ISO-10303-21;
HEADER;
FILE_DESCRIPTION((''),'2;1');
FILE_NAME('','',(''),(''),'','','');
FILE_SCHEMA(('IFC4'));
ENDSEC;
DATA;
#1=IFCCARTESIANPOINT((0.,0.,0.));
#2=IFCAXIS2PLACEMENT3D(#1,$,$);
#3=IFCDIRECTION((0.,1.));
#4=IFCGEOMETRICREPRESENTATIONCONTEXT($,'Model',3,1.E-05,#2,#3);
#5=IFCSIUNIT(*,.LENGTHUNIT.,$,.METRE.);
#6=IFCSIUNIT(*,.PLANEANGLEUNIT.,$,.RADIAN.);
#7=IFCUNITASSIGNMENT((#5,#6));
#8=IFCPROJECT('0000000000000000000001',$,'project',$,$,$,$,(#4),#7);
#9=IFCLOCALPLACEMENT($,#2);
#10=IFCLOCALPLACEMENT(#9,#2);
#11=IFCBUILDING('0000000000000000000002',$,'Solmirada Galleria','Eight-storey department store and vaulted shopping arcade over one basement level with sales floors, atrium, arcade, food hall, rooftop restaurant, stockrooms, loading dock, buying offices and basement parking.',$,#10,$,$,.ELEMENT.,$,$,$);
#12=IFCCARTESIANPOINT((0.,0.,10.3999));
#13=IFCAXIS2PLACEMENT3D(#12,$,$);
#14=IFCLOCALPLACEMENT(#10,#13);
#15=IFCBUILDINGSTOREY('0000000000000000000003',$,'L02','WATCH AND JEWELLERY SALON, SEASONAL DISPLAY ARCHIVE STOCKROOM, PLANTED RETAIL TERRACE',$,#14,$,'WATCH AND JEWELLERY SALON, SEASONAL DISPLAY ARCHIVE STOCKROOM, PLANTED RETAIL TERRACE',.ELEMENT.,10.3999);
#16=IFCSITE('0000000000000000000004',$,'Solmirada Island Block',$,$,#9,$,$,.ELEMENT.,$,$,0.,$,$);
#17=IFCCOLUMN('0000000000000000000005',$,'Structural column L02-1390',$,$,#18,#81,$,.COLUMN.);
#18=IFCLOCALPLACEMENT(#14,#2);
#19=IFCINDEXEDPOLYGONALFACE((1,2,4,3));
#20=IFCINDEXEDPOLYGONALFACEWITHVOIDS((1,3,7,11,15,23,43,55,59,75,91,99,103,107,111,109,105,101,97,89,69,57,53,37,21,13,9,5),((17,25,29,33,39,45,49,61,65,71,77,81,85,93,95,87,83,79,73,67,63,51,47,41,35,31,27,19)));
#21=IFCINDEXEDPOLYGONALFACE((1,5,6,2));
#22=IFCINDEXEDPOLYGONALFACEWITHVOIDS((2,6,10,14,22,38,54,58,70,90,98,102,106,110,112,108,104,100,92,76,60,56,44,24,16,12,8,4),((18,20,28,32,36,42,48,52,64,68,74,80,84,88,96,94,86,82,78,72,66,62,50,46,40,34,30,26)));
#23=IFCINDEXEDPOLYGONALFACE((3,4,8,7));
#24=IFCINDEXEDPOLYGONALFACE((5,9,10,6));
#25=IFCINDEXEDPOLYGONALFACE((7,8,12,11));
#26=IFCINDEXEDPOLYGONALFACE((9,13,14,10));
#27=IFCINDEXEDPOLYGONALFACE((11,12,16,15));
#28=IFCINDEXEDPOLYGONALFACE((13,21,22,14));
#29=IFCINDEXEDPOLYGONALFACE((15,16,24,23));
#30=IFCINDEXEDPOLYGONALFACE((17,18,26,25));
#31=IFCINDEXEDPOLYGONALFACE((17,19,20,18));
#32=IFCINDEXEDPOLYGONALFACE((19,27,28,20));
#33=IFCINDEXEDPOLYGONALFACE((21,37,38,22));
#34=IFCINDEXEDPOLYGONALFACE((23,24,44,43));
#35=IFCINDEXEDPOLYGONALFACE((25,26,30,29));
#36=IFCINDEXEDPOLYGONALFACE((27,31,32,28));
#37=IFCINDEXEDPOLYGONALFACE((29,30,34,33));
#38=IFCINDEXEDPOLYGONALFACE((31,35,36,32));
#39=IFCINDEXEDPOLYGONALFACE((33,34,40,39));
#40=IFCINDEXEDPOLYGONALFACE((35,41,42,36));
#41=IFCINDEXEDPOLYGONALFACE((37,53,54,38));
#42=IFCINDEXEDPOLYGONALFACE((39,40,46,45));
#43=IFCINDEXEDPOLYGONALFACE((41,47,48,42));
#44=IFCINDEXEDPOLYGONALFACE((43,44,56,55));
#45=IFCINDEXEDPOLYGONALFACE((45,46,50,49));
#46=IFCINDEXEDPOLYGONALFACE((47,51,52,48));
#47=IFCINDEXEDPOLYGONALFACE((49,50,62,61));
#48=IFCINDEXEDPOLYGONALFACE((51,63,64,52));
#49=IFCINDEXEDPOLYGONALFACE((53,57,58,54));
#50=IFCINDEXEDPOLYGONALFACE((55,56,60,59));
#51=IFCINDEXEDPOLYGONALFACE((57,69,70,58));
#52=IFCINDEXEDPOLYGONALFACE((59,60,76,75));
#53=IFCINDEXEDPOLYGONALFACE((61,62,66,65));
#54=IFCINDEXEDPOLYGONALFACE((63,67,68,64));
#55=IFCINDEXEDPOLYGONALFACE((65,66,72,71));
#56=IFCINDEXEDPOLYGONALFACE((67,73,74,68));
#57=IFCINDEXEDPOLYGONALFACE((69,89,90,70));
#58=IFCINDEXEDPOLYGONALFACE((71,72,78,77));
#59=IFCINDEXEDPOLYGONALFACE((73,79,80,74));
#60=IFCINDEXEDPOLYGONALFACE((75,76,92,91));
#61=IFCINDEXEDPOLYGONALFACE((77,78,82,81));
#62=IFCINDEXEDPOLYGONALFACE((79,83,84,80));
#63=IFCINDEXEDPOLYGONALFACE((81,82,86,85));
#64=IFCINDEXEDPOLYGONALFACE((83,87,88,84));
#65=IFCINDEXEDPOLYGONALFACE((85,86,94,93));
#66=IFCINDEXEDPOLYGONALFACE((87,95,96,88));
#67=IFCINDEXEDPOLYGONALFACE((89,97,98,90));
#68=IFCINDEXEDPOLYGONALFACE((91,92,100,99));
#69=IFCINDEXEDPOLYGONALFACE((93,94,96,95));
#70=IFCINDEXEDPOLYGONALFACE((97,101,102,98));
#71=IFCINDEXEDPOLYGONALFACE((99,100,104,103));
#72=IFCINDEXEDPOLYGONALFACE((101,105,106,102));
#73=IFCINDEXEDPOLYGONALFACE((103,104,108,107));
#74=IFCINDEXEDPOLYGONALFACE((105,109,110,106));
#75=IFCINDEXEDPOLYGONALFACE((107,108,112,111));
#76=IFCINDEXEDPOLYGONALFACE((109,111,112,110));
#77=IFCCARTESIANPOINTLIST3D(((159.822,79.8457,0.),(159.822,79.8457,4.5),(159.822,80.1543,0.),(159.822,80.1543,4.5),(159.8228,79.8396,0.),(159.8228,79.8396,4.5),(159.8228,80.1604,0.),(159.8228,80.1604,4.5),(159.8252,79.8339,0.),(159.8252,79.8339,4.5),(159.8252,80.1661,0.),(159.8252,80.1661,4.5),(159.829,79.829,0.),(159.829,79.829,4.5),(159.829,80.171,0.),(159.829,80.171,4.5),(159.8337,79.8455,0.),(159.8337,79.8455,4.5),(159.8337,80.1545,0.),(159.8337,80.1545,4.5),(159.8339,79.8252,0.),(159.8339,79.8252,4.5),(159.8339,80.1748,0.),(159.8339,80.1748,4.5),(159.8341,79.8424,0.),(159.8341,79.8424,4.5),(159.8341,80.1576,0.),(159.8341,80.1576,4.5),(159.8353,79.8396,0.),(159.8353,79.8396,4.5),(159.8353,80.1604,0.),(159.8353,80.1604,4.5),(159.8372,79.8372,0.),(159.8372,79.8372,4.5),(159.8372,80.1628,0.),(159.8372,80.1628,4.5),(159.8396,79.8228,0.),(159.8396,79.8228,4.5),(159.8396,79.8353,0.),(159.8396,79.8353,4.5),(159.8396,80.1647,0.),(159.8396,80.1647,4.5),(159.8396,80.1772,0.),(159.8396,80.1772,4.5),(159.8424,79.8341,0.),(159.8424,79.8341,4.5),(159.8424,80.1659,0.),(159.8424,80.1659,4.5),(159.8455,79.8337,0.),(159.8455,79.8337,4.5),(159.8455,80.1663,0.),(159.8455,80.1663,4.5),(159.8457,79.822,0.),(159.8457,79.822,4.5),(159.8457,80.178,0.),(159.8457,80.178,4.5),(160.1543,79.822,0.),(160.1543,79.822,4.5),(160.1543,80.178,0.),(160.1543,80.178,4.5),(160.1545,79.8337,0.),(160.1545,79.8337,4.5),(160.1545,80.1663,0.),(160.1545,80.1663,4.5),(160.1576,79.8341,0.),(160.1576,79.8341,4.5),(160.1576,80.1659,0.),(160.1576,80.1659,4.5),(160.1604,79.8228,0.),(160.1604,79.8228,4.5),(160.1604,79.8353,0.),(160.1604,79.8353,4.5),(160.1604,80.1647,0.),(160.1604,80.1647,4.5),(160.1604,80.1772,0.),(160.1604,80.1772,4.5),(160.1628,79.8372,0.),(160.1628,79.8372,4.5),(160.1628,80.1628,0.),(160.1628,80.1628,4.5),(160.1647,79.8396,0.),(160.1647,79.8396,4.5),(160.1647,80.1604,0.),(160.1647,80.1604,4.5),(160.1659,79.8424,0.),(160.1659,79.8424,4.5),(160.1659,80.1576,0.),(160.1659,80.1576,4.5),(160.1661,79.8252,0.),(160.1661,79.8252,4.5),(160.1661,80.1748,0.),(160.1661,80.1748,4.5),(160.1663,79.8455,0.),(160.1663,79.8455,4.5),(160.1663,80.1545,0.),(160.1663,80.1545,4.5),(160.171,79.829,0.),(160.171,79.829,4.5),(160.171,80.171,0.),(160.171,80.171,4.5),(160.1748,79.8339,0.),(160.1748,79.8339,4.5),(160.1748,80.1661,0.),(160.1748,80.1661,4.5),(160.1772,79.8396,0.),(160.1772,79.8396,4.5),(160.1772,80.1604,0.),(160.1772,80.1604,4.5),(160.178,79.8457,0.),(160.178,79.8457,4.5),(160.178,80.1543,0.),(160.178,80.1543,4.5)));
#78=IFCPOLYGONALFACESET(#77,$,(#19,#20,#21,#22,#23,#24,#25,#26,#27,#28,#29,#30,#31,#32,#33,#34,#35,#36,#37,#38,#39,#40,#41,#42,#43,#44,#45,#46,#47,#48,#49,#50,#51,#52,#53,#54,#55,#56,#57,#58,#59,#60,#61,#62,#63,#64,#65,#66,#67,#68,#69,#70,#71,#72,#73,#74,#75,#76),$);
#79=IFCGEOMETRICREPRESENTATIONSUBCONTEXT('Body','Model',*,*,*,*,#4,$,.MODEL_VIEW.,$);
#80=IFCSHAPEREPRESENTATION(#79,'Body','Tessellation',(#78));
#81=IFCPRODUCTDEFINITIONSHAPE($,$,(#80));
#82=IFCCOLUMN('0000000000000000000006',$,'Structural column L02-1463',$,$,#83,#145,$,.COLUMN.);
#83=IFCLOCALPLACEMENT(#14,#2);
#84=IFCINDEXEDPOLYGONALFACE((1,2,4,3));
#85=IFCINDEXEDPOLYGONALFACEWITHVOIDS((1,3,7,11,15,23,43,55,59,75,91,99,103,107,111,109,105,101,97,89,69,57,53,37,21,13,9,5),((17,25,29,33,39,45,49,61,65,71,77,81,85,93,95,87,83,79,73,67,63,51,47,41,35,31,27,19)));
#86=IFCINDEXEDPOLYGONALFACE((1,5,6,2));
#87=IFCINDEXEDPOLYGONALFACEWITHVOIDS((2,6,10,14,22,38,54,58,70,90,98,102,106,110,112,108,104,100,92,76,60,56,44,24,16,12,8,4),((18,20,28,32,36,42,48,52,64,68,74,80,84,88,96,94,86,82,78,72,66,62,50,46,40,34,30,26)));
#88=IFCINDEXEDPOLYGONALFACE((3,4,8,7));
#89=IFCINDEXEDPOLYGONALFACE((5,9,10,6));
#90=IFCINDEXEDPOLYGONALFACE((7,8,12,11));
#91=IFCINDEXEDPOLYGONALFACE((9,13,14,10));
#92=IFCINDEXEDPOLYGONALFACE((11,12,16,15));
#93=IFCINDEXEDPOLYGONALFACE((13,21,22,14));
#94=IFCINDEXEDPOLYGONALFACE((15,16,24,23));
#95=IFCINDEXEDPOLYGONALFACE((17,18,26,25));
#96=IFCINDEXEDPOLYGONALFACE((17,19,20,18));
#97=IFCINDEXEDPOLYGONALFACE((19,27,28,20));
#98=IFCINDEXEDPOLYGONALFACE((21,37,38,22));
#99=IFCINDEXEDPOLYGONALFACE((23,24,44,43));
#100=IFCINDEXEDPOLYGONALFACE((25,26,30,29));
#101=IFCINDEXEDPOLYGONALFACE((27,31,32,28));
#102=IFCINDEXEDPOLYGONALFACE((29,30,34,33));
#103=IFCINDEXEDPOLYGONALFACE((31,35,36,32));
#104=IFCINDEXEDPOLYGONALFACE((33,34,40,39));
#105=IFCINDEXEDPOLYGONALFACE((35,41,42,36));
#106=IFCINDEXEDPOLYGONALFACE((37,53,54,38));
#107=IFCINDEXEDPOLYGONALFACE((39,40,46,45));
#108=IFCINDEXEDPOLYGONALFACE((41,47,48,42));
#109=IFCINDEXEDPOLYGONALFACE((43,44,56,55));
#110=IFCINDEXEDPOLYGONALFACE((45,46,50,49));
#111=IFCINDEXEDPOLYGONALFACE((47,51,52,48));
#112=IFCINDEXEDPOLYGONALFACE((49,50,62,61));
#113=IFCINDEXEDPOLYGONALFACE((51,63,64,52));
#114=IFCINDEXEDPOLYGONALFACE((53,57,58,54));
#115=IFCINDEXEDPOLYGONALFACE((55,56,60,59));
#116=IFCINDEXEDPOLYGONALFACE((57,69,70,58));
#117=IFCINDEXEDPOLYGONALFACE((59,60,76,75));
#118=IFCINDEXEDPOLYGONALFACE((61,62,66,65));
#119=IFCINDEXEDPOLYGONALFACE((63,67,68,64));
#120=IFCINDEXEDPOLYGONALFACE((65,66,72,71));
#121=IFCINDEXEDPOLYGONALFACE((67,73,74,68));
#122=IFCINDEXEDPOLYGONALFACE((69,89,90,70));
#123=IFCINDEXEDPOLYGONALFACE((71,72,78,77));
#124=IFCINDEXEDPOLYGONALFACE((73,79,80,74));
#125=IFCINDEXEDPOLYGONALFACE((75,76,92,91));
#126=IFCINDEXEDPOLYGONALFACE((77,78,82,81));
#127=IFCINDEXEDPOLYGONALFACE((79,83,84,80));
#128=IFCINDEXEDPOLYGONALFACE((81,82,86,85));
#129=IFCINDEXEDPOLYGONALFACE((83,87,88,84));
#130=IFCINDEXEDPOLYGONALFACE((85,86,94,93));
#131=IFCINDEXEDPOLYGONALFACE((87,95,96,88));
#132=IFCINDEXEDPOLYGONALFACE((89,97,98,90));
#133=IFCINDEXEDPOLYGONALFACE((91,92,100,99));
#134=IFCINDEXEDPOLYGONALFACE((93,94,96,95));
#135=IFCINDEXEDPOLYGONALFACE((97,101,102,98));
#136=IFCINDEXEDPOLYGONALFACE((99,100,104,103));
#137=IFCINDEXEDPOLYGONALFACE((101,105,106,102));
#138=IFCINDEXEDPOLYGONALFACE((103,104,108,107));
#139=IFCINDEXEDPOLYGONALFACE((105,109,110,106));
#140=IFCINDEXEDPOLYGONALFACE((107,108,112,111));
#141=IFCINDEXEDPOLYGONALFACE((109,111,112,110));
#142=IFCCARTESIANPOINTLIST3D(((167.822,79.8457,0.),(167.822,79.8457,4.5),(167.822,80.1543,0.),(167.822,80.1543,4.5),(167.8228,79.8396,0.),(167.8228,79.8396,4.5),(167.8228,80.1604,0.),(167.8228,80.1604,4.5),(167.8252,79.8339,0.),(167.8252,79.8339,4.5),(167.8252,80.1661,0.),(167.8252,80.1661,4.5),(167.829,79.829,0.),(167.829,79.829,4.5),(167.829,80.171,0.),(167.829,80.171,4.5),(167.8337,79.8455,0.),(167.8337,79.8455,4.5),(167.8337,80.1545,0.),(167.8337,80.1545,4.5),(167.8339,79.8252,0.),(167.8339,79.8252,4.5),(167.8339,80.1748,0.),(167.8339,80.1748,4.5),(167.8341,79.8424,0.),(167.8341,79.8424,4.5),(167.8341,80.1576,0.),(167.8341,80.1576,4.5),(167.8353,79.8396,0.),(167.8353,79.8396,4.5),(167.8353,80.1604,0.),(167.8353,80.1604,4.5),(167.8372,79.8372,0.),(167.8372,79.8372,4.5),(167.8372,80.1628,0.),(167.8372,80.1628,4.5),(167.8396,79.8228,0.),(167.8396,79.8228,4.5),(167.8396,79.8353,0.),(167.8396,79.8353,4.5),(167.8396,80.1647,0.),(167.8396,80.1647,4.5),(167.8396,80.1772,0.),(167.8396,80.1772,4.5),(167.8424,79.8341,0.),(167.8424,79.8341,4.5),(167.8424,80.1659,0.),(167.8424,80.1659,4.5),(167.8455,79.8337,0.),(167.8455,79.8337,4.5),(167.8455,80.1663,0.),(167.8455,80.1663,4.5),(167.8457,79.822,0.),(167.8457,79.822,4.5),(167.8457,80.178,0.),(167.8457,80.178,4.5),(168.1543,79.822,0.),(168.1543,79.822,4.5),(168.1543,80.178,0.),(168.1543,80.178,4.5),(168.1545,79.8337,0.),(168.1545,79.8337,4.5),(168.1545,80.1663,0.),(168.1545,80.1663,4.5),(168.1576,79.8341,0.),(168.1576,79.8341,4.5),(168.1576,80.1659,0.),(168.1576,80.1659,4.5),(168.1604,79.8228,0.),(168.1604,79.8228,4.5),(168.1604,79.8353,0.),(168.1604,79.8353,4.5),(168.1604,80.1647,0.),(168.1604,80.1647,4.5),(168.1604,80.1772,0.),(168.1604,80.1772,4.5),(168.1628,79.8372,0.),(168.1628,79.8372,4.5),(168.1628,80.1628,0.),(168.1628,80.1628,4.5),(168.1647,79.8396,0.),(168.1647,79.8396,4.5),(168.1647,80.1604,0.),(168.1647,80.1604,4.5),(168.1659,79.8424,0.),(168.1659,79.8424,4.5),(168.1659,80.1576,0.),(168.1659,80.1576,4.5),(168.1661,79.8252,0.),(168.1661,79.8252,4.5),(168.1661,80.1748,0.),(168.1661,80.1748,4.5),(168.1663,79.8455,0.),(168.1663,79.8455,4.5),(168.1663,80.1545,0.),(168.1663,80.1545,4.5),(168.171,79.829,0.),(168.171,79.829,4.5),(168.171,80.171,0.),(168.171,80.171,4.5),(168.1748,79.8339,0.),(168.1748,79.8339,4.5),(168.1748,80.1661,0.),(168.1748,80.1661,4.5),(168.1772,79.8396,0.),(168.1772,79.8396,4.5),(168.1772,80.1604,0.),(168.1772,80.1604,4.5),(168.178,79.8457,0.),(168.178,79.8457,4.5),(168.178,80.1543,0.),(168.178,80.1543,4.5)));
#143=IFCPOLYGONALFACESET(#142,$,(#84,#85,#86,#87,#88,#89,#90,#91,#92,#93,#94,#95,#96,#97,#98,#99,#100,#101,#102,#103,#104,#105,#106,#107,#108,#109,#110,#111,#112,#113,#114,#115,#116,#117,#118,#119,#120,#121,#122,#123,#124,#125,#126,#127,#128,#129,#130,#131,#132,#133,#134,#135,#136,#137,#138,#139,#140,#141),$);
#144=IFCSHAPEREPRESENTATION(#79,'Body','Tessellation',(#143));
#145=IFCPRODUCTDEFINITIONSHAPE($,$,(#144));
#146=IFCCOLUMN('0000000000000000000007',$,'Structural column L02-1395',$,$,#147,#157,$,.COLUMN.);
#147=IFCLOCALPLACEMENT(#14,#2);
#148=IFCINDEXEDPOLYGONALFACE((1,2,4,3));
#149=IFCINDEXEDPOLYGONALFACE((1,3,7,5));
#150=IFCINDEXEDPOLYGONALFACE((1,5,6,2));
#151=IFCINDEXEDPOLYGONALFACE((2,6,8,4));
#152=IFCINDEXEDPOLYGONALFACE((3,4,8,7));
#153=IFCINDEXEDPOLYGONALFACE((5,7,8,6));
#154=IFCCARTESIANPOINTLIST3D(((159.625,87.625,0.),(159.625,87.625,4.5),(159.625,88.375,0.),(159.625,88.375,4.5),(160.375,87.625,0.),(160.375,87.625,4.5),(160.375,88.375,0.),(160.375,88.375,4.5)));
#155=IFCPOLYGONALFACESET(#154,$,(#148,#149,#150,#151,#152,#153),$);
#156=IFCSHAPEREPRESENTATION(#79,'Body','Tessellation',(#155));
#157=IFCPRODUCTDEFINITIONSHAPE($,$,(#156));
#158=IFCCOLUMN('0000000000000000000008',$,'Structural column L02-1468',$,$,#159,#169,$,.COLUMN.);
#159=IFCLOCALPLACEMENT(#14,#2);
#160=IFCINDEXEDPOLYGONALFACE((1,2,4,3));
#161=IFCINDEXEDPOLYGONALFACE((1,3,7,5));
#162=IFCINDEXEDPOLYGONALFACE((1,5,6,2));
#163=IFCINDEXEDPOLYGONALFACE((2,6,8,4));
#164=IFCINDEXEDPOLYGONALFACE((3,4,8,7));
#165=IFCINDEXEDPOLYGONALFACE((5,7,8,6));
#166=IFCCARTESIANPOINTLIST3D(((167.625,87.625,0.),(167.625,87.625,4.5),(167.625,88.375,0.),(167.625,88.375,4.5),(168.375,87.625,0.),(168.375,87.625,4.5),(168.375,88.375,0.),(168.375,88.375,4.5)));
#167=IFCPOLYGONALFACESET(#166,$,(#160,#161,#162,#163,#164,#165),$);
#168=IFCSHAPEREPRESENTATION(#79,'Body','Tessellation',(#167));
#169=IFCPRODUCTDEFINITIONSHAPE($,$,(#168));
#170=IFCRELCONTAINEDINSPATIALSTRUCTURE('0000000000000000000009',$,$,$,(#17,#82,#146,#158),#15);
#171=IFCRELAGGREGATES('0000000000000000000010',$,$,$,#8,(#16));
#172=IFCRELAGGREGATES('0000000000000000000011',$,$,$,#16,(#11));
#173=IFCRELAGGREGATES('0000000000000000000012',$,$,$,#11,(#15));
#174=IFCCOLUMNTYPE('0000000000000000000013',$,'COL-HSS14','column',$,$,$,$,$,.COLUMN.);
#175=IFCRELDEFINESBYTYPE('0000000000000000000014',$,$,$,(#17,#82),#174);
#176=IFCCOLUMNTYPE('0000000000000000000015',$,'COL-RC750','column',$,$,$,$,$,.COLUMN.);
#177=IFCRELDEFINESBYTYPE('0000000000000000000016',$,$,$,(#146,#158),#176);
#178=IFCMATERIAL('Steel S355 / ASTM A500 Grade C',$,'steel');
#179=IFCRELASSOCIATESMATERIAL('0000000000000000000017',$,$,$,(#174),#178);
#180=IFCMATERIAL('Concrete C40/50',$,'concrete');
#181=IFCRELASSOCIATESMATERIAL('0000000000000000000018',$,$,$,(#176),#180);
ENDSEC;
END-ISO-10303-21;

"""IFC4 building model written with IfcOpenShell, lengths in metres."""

from ifc_helpers import new_model, si_unit, direction, frame, origin, origin_2d, place, context, subcontext, project, spatial, rectangle, hollow_rectangle, extrude, material, material_profile, profile_set, type_object, element, save


model = new_model("IFC4")

# Units and contexts
model_context = context("Model", 3, precision=1e-05, world=origin(), true_north=direction((0.0, 1.0)))
body_context = subcontext(model_context, "Body", "Model", "MODEL_VIEW")
ifc_project = project(units=[si_unit("LENGTHUNIT", "METRE"), si_unit("PLANEANGLEUNIT", "RADIAN")], contexts=[model_context])

# Site, building, storey
site_placement = place(None, origin())
site = spatial("IfcSite", under=ifc_project, at=site_placement, Name="Solmirada Island Block", CompositionType="ELEMENT", RefElevation=0.0)
building_placement = place(site_placement, origin())
building = spatial("IfcBuilding", under=site, at=building_placement, Name="Solmirada Galleria", Description="Eight-storey department store and vaulted shopping arcade over one basement level with sales floors, atrium, arcade, food hall, rooftop restaurant, stockrooms, loading dock, buying offices and basement parking.", CompositionType="ELEMENT")
storey_placement = place(building_placement, frame((0.0, 0.0, 10.3999)))
storey = spatial("IfcBuildingStorey", under=building, at=storey_placement, Name="L02", Description="WATCH AND JEWELLERY SALON, SEASONAL DISPLAY ARCHIVE STOCKROOM, PLANTED RETAIL TERRACE", LongName="WATCH AND JEWELLERY SALON, SEASONAL DISPLAY ARCHIVE STOCKROOM, PLANTED RETAIL TERRACE", CompositionType="ELEMENT", Elevation=10.3999)

# Columns
ifc_material_1 = material(Name="Steel S355 / ASTM A500 Grade C", Category="steel")
ifc_material_profile_1 = material_profile(ifc_material_1, hollow_rectangle(XDim=0.356, YDim=0.356, WallThickness=0.0117, InnerFilletRadius=0.0117, OuterFilletRadius=0.0237, at=origin_2d()), Name="HSS14X14X1/2")
ifc_profile_set_1 = profile_set([ifc_material_profile_1], Name="Steel S355 / ASTM A500 Grade C")
column_type_1 = type_object("IfcColumnType", Name="COL-HSS14", Description="column", PredefinedType="COLUMN", material=ifc_profile_set_1)
for number, where, z_axis, x_axis, name in (
    (1, (160.0, 80.0, 0.0), (0.0, 0.0, 1.0), (1.0, 0.0, 0.0), "Structural column L02-1390"),
    (2, (168.0, 80.0, 0.0), (0.0, 0.0, 1.0), (1.0, 0.0, 0.0), "Structural column L02-1463"),
):
    element("IfcColumn", number, at=place(storey_placement, frame(where, z_axis=z_axis, x_axis=x_axis)), inside=storey, type_object=column_type_1, Name=name, PredefinedType="COLUMN", context=body_context, shape_type="SweptSolid", body=[
        extrude(hollow_rectangle(XDim=0.356, YDim=0.356, WallThickness=0.0117, InnerFilletRadius=0.0117, OuterFilletRadius=0.0237, at=origin_2d()), origin(), (0.0, 0.0, 1.0), 4.5),
    ])
ifc_material_2 = material(Name="Concrete C40/50", Category="concrete")
ifc_material_profile_2 = material_profile(ifc_material_2, rectangle(XDim=0.75, YDim=0.75, at=origin_2d()), Name="RC750X750")
ifc_profile_set_2 = profile_set([ifc_material_profile_2], Name="Concrete C40/50")
column_type_2 = type_object("IfcColumnType", Name="COL-RC750", Description="column", PredefinedType="COLUMN", material=ifc_profile_set_2)
for number, where, z_axis, x_axis, name in (
    (3, (160.0, 88.0, 0.0), (0.0, 0.0, 1.0), (1.0, 0.0, 0.0), "Structural column L02-1395"),
    (4, (168.0, 88.0, 0.0), (0.0, 0.0, 1.0), (1.0, 0.0, 0.0), "Structural column L02-1468"),
):
    element("IfcColumn", number, at=place(storey_placement, frame(where, z_axis=z_axis, x_axis=x_axis)), inside=storey, type_object=column_type_2, Name=name, PredefinedType="COLUMN", context=body_context, shape_type="SweptSolid", body=[
        extrude(rectangle(XDim=0.75, YDim=0.75, at=origin_2d()), origin(), (0.0, 0.0, 1.0), 4.5),
    ])

save(model, "model.ifc")
